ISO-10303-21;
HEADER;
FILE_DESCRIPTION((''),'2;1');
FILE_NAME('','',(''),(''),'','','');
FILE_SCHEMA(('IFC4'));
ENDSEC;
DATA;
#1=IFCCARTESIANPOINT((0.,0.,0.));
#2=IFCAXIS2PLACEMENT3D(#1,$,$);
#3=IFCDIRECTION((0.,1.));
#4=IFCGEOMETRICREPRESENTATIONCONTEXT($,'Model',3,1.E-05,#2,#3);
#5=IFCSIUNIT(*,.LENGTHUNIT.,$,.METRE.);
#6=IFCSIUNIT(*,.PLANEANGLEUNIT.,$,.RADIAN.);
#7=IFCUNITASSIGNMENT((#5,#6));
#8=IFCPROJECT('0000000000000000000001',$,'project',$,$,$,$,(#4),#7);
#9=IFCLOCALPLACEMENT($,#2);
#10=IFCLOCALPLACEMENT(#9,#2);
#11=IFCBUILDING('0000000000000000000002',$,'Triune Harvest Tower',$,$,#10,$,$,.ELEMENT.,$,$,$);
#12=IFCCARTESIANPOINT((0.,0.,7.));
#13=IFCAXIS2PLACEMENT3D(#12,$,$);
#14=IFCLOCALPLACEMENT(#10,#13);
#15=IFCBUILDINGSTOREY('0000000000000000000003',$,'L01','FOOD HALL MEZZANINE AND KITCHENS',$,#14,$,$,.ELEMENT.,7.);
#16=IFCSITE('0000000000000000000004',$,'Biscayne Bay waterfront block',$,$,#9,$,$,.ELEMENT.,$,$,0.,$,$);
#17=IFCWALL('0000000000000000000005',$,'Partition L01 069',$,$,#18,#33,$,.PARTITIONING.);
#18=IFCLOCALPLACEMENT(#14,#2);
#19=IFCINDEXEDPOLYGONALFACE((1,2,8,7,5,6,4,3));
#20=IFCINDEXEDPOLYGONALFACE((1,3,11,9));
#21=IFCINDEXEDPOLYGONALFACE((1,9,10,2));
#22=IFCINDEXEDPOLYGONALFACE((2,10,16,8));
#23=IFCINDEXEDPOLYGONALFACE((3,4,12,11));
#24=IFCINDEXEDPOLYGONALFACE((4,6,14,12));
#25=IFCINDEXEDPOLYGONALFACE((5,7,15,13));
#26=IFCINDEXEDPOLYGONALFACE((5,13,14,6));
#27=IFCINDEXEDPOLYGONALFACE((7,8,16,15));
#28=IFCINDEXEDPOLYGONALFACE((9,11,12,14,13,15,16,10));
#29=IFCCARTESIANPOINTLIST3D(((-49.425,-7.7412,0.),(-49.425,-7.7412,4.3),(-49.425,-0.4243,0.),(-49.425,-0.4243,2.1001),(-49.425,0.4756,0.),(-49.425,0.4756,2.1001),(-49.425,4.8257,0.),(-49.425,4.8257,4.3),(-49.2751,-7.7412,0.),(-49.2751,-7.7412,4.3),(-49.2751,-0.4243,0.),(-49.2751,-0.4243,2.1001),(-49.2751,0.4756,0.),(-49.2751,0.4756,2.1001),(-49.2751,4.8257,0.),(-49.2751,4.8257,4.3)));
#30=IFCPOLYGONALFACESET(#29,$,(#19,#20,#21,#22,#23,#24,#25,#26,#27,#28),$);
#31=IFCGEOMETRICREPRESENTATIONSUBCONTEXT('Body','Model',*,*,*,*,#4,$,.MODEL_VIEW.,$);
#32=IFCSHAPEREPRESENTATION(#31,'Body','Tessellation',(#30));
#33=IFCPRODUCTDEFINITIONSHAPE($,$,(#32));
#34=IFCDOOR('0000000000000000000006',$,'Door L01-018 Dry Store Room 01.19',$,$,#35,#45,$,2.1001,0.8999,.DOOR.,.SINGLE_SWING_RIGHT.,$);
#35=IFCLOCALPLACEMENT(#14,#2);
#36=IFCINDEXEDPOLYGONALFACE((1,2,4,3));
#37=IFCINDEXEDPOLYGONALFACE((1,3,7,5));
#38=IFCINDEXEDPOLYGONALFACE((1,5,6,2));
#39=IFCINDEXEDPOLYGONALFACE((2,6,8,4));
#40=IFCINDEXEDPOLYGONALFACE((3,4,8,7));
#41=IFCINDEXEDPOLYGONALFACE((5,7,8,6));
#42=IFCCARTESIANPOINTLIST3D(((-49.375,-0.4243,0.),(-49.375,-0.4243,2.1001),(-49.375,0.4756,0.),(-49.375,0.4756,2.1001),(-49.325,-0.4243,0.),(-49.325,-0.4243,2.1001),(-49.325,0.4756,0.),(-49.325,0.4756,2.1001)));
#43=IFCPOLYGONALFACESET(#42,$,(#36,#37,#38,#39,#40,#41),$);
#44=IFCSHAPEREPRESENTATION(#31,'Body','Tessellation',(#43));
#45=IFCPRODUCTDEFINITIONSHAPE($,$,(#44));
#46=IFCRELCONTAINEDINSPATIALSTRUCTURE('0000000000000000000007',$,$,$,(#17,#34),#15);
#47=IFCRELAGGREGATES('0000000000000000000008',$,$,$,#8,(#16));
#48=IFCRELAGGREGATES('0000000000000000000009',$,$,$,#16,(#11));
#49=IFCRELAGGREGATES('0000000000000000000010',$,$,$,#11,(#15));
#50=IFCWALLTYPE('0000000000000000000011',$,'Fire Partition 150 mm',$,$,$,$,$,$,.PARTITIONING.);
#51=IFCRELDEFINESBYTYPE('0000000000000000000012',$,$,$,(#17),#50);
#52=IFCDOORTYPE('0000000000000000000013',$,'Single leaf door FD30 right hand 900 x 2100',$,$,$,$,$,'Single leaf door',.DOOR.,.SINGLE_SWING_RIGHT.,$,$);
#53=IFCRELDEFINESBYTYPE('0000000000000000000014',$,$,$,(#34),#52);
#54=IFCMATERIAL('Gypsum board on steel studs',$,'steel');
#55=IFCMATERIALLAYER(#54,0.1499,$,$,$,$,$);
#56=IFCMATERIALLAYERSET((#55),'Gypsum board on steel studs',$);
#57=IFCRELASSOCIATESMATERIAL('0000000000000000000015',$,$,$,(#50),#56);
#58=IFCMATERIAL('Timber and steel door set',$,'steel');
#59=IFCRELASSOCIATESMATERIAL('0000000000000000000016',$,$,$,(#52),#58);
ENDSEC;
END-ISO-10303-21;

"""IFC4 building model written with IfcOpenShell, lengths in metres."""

from ifc_helpers import new_model, si_unit, direction, frame, frame_2d, origin, place, context, subcontext, project, spatial, rectangle, extrude, material, layer, layer_set, type_object, element, fill, save


model = new_model("IFC4")

# Units and contexts
model_context = context("Model", 3, precision=1e-05, world=origin(), true_north=direction((0.0, 1.0)))
body_context = subcontext(model_context, "Body", "Model", "MODEL_VIEW")
ifc_project = project(units=[si_unit("LENGTHUNIT", "METRE"), si_unit("PLANEANGLEUNIT", "RADIAN")], contexts=[model_context])

# Site, building, storey
site_placement = place(None, origin())
site = spatial("IfcSite", under=ifc_project, at=site_placement, Name="Biscayne Bay waterfront block", CompositionType="ELEMENT", RefElevation=0.0)
building_placement = place(site_placement, origin())
building = spatial("IfcBuilding", under=site, at=building_placement, Name="Triune Harvest Tower", CompositionType="ELEMENT")
storey_placement = place(building_placement, frame((0.0, 0.0, 7.0)))
storey = spatial("IfcBuildingStorey", under=building, at=storey_placement, Name="L01", Description="FOOD HALL MEZZANINE AND KITCHENS", CompositionType="ELEMENT", Elevation=7.0)

# Wall, opening, door
ifc_material_1 = material(Name="Gypsum board on steel studs", Category="steel")
ifc_layer_1 = layer(ifc_material_1, 0.1499)
ifc_layer_set_1 = layer_set([ifc_layer_1], Name="Gypsum board on steel studs")
wall_type = type_object("IfcWallType", Name="Fire Partition 150 mm", PredefinedType="PARTITIONING", material=ifc_layer_set_1)
ifc_material_2 = material(Name="Timber and steel door set", Category="steel")
door_type = type_object("IfcDoorType", Name="Single leaf door FD30 right hand 900 x 2100", ElementType="Single leaf door", OperationType="SINGLE_SWING_RIGHT", PredefinedType="DOOR", material=ifc_material_2)
wall_1_placement = place(storey_placement, frame((-49.3501, -7.7412, 0.0), z_axis=(0.0, 0.0, 1.0), x_axis=(0.0, 1.0, 0.0)))
wall_1 = element("IfcWall", 1, at=wall_1_placement, inside=storey, type_object=wall_type, Name="Partition L01 069", PredefinedType="PARTITIONING", context=body_context, shape_type="SweptSolid", body=[
    extrude(rectangle(XDim=12.5669, YDim=0.1499, at=frame_2d((6.2834, 0.0))), origin(), (0.0, 0.0, 1.0), 4.3),
])
opening_1_placement = place(wall_1_placement, frame((7.3169, 0.0, 0.0)))
opening_1 = element("IfcOpeningElement", 2, at=opening_1_placement, cuts=wall_1, PredefinedType="OPENING", context=body_context, shape_type="SweptSolid", body=[
    extrude(rectangle(XDim=0.8999, YDim=2.1001, at=frame_2d((0.45, 1.05))), frame((0.0, 0.085, 0.0), z_axis=(0.0, -1.0, 0.0), x_axis=(1.0, 0.0, 0.0)), (0.0, 0.0, 1.0), 0.1699),
])
door_1_placement = place(opening_1_placement, origin())
door_1 = element("IfcDoor", 3, at=door_1_placement, inside=storey, type_object=door_type, Name="Door L01-018 Dry Store Room 01.19", OperationType="SINGLE_SWING_RIGHT", OverallHeight=2.1001, OverallWidth=0.8999, PredefinedType="DOOR", context=body_context, shape_type="SweptSolid", body=[
    extrude(rectangle(XDim=0.8999, YDim=2.1001, at=frame_2d((0.45, 1.05))), frame((0.0, 0.0249, 0.0), z_axis=(0.0, -1.0, 0.0), x_axis=(1.0, 0.0, 0.0)), (0.0, 0.0, 1.0), 0.05),
])
fill(opening_1, door_1)

save(model, "model.ifc")
